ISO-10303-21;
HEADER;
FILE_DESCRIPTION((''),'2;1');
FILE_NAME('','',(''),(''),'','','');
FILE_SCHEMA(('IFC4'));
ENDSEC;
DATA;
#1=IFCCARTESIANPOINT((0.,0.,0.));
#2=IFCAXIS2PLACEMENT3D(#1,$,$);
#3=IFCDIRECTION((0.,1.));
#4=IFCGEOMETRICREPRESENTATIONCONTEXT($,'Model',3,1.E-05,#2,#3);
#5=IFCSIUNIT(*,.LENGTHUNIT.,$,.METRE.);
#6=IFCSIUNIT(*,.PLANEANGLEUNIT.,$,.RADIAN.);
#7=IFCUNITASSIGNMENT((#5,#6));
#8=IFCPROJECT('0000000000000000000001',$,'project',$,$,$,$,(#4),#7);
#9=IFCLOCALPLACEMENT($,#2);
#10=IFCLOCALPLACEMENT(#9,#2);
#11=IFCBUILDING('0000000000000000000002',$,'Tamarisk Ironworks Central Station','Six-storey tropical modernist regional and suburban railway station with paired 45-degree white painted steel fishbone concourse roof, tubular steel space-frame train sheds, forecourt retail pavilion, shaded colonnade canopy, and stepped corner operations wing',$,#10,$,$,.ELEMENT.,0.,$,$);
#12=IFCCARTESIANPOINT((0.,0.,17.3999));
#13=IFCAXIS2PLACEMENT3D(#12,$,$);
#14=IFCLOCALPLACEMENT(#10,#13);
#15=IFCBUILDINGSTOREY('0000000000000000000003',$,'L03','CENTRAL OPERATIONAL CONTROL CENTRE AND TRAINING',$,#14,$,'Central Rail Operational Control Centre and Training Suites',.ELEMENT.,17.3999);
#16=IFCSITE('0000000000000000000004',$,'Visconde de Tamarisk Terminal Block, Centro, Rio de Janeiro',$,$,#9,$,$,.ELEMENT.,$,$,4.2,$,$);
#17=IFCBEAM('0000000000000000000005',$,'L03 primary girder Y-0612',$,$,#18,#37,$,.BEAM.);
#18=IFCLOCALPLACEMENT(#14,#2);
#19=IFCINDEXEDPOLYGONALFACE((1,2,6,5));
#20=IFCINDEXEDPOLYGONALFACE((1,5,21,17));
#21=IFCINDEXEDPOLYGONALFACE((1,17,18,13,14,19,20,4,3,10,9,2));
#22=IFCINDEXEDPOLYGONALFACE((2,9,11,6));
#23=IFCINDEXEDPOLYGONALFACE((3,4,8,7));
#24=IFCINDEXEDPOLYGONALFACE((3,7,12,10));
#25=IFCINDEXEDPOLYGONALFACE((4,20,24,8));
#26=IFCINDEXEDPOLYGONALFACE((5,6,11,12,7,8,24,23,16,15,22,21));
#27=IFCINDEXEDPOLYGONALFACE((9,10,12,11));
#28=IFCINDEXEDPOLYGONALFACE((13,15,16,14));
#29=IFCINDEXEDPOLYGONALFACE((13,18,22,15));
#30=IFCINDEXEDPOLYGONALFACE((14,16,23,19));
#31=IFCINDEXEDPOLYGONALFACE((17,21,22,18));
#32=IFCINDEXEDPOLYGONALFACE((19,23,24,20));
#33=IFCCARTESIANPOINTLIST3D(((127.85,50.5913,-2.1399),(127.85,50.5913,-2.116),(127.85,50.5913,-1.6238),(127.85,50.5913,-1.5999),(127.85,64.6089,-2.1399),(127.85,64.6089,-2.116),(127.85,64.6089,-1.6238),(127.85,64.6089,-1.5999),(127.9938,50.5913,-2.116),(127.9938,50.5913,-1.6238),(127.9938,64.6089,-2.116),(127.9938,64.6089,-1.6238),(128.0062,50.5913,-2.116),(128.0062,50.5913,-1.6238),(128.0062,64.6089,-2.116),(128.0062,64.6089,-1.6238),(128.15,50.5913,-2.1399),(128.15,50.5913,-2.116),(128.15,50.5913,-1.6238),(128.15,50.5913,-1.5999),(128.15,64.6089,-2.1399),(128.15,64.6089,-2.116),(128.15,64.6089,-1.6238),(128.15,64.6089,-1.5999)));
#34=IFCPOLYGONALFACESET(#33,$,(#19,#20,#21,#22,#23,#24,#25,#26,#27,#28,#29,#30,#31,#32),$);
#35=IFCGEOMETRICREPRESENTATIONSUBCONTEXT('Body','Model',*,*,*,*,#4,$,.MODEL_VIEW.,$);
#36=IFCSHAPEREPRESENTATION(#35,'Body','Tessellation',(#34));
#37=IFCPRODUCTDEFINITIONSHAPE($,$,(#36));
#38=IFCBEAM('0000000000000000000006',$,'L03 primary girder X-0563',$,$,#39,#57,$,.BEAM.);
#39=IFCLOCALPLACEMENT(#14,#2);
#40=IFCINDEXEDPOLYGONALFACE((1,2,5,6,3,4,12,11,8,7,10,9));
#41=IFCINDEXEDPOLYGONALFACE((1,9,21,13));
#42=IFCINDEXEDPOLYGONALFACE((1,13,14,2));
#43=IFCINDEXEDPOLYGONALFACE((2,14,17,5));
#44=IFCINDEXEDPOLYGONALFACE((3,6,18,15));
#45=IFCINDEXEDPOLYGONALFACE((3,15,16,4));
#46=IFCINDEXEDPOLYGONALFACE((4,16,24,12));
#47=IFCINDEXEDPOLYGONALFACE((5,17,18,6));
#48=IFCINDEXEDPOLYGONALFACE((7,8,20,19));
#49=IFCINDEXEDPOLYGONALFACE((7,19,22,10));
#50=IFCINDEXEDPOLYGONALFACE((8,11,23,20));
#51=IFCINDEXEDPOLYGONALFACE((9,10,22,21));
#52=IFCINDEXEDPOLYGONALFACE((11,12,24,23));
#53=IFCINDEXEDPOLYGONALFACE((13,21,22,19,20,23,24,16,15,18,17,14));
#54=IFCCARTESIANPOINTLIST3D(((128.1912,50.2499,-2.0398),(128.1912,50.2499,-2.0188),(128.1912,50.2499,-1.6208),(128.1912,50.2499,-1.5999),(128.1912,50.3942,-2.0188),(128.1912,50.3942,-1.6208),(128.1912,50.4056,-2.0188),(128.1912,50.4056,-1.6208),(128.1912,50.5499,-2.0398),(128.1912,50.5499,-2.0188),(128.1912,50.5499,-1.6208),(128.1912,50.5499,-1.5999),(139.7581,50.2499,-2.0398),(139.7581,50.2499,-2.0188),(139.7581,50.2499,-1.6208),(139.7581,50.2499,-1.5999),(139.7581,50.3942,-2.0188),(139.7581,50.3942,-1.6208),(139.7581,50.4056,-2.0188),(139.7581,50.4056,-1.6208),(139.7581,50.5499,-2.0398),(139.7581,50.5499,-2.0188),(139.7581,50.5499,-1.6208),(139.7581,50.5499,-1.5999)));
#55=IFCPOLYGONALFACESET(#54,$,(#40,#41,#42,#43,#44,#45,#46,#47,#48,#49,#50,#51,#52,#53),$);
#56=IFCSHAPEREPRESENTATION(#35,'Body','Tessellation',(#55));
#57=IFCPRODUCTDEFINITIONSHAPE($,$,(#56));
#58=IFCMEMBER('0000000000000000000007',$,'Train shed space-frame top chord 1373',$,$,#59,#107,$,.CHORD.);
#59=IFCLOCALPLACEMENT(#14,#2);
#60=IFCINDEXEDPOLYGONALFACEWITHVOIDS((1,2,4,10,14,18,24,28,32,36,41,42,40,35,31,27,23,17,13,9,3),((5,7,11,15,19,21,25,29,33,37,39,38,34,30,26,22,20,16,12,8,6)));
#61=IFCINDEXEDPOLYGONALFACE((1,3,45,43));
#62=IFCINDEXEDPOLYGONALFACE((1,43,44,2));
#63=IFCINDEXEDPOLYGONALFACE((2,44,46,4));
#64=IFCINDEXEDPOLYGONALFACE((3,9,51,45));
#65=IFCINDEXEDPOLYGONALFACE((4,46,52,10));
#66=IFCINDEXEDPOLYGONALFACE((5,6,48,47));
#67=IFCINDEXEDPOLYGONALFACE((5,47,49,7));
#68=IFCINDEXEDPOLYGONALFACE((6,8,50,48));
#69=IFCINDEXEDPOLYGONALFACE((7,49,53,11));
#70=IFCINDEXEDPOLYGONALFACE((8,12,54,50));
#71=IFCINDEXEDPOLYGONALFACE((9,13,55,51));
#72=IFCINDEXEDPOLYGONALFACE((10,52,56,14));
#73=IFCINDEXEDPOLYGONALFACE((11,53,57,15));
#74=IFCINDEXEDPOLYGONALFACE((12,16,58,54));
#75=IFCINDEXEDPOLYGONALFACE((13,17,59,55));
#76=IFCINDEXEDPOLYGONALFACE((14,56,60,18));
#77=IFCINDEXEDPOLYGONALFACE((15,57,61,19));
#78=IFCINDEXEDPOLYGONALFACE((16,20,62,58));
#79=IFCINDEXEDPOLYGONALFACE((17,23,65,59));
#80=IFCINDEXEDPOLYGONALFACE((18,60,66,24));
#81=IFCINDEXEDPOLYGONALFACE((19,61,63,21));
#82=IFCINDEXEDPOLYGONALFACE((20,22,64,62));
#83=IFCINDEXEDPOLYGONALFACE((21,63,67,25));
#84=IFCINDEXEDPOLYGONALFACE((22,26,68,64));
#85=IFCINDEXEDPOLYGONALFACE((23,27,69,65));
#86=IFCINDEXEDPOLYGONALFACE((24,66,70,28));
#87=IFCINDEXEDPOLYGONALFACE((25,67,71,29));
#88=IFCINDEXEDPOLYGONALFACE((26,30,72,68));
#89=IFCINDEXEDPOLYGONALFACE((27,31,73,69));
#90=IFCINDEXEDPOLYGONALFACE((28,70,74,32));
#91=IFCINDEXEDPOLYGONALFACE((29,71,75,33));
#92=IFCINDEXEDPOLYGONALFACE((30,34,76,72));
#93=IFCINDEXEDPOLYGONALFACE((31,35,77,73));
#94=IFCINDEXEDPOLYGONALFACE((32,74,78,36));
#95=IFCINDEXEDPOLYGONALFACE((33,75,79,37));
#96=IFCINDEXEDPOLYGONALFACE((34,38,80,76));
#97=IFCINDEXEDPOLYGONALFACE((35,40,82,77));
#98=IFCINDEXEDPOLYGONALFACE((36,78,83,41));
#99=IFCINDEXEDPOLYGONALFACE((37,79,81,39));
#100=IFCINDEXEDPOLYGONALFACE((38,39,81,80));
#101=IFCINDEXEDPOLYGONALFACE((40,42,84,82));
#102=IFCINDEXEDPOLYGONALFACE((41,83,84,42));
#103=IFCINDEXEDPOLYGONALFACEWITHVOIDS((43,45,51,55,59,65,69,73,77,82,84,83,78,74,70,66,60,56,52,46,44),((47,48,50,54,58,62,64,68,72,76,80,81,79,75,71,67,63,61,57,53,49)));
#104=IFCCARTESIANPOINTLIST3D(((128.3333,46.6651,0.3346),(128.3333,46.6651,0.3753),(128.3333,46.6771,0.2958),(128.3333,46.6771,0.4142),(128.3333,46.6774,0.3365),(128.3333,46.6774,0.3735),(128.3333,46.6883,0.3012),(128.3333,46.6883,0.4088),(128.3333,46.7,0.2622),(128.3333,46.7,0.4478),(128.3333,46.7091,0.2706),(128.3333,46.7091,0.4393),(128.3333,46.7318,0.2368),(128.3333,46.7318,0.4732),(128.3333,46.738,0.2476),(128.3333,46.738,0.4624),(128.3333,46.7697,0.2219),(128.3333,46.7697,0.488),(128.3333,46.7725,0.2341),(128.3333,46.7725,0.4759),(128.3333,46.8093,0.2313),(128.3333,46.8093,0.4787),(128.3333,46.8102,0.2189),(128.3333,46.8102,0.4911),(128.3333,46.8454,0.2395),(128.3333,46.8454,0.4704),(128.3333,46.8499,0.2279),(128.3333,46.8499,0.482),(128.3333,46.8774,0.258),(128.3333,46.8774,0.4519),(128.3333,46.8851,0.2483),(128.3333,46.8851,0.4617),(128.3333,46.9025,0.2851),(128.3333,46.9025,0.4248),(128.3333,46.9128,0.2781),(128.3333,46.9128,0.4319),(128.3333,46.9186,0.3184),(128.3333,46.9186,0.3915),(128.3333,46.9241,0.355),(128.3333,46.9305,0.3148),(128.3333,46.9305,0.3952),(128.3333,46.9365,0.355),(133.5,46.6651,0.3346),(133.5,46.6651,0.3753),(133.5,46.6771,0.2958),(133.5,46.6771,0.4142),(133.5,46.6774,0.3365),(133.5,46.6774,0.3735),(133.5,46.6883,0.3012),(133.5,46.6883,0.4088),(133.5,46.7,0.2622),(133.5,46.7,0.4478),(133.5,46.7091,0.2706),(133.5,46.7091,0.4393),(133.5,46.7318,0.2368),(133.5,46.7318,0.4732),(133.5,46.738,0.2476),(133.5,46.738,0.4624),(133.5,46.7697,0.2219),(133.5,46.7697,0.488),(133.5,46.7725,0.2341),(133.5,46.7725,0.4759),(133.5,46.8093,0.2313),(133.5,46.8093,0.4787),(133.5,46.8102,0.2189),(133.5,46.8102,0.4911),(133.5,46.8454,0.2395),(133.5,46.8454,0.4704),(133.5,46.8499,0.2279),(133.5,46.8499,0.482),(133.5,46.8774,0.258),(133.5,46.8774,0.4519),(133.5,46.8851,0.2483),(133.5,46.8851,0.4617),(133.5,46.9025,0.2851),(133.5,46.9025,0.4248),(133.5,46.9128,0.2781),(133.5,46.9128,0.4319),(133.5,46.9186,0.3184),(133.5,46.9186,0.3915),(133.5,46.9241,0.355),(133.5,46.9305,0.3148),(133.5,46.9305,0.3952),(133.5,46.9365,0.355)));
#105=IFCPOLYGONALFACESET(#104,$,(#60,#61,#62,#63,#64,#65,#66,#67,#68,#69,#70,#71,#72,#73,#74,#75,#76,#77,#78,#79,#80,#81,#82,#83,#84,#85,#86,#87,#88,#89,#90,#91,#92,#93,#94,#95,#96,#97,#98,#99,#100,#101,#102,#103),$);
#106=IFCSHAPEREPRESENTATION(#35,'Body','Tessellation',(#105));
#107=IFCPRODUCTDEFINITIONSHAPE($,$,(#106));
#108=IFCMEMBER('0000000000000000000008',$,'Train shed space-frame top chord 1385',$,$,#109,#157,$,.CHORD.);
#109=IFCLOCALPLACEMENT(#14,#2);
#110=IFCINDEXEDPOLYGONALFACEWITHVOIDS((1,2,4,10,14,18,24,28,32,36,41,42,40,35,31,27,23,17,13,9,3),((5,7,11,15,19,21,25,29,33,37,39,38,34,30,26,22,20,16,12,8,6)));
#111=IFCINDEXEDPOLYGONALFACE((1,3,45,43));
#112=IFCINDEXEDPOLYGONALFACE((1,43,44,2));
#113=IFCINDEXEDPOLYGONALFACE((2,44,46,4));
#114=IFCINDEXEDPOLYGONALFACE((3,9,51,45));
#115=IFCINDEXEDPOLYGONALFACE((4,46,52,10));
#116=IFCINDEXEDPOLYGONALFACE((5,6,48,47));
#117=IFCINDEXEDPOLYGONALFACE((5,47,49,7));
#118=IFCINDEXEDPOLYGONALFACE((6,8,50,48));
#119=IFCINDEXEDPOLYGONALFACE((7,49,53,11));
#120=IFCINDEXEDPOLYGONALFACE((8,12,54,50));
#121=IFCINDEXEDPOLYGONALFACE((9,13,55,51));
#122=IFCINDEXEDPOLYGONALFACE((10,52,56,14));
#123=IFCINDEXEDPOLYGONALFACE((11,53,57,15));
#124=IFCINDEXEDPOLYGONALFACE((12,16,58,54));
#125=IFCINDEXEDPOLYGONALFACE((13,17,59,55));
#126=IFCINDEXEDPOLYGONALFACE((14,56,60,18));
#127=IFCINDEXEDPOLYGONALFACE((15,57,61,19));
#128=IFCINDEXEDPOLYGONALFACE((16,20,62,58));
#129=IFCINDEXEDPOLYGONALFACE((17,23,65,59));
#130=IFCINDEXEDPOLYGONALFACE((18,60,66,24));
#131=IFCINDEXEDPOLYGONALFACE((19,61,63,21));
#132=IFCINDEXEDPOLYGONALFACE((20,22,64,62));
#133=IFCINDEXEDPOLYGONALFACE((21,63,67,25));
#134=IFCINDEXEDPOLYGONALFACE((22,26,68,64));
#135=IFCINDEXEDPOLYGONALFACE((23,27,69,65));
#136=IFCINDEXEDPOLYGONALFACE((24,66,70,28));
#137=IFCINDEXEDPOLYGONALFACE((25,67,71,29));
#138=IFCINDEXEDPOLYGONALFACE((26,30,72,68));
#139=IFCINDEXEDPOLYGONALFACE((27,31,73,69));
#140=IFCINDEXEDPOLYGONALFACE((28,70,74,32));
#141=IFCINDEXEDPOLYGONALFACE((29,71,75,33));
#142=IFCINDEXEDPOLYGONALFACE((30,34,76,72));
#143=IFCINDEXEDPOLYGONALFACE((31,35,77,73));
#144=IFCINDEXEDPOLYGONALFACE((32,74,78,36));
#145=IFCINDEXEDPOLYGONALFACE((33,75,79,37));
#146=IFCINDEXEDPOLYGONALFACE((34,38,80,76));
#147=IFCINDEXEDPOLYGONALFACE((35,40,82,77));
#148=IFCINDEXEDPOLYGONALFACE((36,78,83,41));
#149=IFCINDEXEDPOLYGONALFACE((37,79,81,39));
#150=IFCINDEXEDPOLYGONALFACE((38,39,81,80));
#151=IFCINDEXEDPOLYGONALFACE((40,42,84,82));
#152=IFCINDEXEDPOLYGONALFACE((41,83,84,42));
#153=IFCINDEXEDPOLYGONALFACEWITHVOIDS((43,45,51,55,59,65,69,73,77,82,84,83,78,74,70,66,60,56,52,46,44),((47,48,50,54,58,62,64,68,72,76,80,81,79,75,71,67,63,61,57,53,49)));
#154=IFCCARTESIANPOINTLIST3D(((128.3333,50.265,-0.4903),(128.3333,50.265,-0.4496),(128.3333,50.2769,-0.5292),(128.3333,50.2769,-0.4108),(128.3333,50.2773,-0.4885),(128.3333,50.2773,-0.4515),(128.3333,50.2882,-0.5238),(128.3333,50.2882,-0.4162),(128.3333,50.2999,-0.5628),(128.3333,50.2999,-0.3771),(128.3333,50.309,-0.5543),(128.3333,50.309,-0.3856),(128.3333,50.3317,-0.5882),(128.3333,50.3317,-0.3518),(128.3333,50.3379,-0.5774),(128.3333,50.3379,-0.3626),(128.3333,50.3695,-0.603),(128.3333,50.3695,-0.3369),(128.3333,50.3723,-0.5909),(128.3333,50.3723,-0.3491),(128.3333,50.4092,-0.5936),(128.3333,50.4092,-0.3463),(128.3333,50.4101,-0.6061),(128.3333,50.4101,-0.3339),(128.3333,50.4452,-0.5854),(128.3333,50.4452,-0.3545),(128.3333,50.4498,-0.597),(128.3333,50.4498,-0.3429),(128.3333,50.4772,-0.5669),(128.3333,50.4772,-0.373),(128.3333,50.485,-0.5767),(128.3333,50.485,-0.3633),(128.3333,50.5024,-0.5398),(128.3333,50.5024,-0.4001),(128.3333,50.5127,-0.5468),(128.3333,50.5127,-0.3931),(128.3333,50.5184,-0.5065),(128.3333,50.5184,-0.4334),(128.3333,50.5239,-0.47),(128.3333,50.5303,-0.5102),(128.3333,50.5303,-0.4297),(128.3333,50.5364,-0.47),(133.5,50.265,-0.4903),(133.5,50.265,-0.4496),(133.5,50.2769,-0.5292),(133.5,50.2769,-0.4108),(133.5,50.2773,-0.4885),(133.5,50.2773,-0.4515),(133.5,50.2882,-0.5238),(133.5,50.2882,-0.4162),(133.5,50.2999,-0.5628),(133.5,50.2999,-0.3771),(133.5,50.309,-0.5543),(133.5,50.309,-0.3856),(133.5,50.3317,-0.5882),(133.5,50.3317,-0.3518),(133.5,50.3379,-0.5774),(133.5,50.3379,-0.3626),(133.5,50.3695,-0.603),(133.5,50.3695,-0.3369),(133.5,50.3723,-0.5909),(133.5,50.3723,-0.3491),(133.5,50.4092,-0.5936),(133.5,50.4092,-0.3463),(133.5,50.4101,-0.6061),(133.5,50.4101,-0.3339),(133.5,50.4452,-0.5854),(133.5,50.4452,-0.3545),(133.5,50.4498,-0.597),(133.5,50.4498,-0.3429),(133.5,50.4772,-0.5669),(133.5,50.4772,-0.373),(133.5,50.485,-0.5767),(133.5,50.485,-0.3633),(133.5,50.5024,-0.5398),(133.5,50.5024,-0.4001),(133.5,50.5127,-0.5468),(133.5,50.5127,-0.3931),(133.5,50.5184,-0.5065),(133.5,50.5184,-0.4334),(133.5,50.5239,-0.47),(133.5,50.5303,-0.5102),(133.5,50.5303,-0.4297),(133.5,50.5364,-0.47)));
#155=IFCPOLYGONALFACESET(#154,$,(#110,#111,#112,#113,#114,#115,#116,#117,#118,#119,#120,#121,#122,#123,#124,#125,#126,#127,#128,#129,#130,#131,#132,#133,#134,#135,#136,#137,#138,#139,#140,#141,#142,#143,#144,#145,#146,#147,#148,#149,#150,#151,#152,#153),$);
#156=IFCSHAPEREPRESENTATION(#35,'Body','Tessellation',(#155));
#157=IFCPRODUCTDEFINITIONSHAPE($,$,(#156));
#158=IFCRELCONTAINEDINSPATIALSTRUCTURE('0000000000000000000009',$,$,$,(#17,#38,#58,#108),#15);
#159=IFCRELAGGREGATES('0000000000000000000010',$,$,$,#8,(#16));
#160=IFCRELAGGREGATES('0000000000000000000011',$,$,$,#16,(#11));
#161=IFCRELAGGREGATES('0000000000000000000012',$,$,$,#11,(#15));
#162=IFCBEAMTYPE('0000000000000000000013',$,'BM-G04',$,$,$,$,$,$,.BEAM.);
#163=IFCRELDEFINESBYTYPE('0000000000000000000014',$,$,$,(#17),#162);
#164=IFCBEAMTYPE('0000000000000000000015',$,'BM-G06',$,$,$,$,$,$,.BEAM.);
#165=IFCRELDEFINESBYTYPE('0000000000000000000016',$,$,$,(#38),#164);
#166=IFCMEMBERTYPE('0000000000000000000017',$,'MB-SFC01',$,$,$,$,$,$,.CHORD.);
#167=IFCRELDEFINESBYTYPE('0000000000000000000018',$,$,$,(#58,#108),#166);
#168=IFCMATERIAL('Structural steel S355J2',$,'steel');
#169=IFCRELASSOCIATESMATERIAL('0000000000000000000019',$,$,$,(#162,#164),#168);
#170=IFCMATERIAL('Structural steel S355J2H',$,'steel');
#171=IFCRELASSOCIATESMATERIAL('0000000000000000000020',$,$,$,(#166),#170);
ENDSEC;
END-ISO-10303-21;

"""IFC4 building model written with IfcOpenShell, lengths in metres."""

from ifc_helpers import new_model, si_unit, direction, frame, origin, origin_2d, place, context, subcontext, project, spatial, hollow_circle, i_section, extrude, material, material_profile, profile_set, type_object, element, save


model = new_model("IFC4")

# Units and contexts
model_context = context("Model", 3, precision=1e-05, world=origin(), true_north=direction((0.0, 1.0)))
body_context = subcontext(model_context, "Body", "Model", "MODEL_VIEW")
ifc_project = project(units=[si_unit("LENGTHUNIT", "METRE"), si_unit("PLANEANGLEUNIT", "RADIAN")], contexts=[model_context])

# Site, building, storey
site_placement = place(None, origin())
site = spatial("IfcSite", under=ifc_project, at=site_placement, Name="Visconde de Tamarisk Terminal Block, Centro, Rio de Janeiro", CompositionType="ELEMENT", RefElevation=4.2)
building_placement = place(site_placement, origin())
building = spatial("IfcBuilding", under=site, at=building_placement, Name="Tamarisk Ironworks Central Station", Description="Six-storey tropical modernist regional and suburban railway station with paired 45-degree white painted steel fishbone concourse roof, tubular steel space-frame train sheds, forecourt retail pavilion, shaded colonnade canopy, and stepped corner operations wing", CompositionType="ELEMENT", ElevationOfRefHeight=0.0)
storey_placement = place(building_placement, frame((0.0, 0.0, 17.3999)))
storey = spatial("IfcBuildingStorey", under=building, at=storey_placement, Name="L03", Description="CENTRAL OPERATIONAL CONTROL CENTRE AND TRAINING", LongName="Central Rail Operational Control Centre and Training Suites", CompositionType="ELEMENT", Elevation=17.3999)

# Beams
ifc_material_1 = material(Name="Structural steel S355J2", Category="steel")
ifc_material_profile_1 = material_profile(ifc_material_1, i_section(OverallWidth=0.3, OverallDepth=0.54, WebThickness=0.0125, FlangeThickness=0.0239, at=origin_2d()), Name="HEA 550")
ifc_profile_set_1 = profile_set([ifc_material_profile_1], Name="Structural steel S355J2")
beam_type_1 = type_object("IfcBeamType", Name="BM-G04", PredefinedType="BEAM", material=ifc_profile_set_1)
beam_1_placement = place(storey_placement, frame((128.0, 50.5913, -1.8699), z_axis=(0.0, 1.0, 0.0), x_axis=(-1.0, 0.0, 0.0)))
element("IfcBeam", 1, at=beam_1_placement, inside=storey, type_object=beam_type_1, Name="L03 primary girder Y-0612", PredefinedType="BEAM", context=body_context, shape_type="SweptSolid", body=[
    extrude(i_section(OverallWidth=0.3, OverallDepth=0.54, WebThickness=0.0125, FlangeThickness=0.0239, at=origin_2d()), origin(), (0.0, 0.0, 1.0), 14.0176),
])
ifc_material_profile_2 = material_profile(ifc_material_1, i_section(OverallWidth=0.3, OverallDepth=0.4399, WebThickness=0.0115, FlangeThickness=0.021, at=origin_2d()), Name="HEA 450")
ifc_profile_set_2 = profile_set([ifc_material_profile_2], Name="Structural steel S355J2")
beam_type_2 = type_object("IfcBeamType", Name="BM-G06", PredefinedType="BEAM", material=ifc_profile_set_2)
beam_2_placement = place(storey_placement, frame((128.1912, 50.3999, -1.8198), z_axis=(1.0, 0.0, 0.0), x_axis=(0.0, 1.0, 0.0)))
element("IfcBeam", 2, at=beam_2_placement, inside=storey, type_object=beam_type_2, Name="L03 primary girder X-0563", PredefinedType="BEAM", context=body_context, shape_type="SweptSolid", body=[
    extrude(i_section(OverallWidth=0.3, OverallDepth=0.4399, WebThickness=0.0115, FlangeThickness=0.021, at=origin_2d()), origin(), (0.0, 0.0, 1.0), 11.5669),
])

# Members
ifc_material_2 = material(Name="Structural steel S355J2H", Category="steel")
ifc_material_profile_3 = material_profile(ifc_material_2, hollow_circle(Radius=0.1365, WallThickness=0.0125, at=origin_2d()), Name="CHS 273x12.5")
ifc_profile_set_3 = profile_set([ifc_material_profile_3], Name="Structural steel S355J2H")
member_type_1 = type_object("IfcMemberType", Name="MB-SFC01", PredefinedType="CHORD", material=ifc_profile_set_3)
for number, where, z_axis, x_axis, name in (
    (3, (128.3333, 46.8, 0.355), (1.0, 0.0, 0.0), (0.0, 1.0, 0.0), "Train shed space-frame top chord 1373"),
    (4, (128.3333, 50.3999, -0.47), (1.0, 0.0, 0.0), (0.0, 1.0, 0.0), "Train shed space-frame top chord 1385"),
):
    element("IfcMember", number, at=place(storey_placement, frame(where, z_axis=z_axis, x_axis=x_axis)), inside=storey, type_object=member_type_1, Name=name, PredefinedType="CHORD", context=body_context, shape_type="SweptSolid", body=[
        extrude(hollow_circle(Radius=0.1365, WallThickness=0.0125, at=origin_2d()), origin(), (0.0, 0.0, 1.0), 5.1667),
    ])

save(model, "model.ifc")
